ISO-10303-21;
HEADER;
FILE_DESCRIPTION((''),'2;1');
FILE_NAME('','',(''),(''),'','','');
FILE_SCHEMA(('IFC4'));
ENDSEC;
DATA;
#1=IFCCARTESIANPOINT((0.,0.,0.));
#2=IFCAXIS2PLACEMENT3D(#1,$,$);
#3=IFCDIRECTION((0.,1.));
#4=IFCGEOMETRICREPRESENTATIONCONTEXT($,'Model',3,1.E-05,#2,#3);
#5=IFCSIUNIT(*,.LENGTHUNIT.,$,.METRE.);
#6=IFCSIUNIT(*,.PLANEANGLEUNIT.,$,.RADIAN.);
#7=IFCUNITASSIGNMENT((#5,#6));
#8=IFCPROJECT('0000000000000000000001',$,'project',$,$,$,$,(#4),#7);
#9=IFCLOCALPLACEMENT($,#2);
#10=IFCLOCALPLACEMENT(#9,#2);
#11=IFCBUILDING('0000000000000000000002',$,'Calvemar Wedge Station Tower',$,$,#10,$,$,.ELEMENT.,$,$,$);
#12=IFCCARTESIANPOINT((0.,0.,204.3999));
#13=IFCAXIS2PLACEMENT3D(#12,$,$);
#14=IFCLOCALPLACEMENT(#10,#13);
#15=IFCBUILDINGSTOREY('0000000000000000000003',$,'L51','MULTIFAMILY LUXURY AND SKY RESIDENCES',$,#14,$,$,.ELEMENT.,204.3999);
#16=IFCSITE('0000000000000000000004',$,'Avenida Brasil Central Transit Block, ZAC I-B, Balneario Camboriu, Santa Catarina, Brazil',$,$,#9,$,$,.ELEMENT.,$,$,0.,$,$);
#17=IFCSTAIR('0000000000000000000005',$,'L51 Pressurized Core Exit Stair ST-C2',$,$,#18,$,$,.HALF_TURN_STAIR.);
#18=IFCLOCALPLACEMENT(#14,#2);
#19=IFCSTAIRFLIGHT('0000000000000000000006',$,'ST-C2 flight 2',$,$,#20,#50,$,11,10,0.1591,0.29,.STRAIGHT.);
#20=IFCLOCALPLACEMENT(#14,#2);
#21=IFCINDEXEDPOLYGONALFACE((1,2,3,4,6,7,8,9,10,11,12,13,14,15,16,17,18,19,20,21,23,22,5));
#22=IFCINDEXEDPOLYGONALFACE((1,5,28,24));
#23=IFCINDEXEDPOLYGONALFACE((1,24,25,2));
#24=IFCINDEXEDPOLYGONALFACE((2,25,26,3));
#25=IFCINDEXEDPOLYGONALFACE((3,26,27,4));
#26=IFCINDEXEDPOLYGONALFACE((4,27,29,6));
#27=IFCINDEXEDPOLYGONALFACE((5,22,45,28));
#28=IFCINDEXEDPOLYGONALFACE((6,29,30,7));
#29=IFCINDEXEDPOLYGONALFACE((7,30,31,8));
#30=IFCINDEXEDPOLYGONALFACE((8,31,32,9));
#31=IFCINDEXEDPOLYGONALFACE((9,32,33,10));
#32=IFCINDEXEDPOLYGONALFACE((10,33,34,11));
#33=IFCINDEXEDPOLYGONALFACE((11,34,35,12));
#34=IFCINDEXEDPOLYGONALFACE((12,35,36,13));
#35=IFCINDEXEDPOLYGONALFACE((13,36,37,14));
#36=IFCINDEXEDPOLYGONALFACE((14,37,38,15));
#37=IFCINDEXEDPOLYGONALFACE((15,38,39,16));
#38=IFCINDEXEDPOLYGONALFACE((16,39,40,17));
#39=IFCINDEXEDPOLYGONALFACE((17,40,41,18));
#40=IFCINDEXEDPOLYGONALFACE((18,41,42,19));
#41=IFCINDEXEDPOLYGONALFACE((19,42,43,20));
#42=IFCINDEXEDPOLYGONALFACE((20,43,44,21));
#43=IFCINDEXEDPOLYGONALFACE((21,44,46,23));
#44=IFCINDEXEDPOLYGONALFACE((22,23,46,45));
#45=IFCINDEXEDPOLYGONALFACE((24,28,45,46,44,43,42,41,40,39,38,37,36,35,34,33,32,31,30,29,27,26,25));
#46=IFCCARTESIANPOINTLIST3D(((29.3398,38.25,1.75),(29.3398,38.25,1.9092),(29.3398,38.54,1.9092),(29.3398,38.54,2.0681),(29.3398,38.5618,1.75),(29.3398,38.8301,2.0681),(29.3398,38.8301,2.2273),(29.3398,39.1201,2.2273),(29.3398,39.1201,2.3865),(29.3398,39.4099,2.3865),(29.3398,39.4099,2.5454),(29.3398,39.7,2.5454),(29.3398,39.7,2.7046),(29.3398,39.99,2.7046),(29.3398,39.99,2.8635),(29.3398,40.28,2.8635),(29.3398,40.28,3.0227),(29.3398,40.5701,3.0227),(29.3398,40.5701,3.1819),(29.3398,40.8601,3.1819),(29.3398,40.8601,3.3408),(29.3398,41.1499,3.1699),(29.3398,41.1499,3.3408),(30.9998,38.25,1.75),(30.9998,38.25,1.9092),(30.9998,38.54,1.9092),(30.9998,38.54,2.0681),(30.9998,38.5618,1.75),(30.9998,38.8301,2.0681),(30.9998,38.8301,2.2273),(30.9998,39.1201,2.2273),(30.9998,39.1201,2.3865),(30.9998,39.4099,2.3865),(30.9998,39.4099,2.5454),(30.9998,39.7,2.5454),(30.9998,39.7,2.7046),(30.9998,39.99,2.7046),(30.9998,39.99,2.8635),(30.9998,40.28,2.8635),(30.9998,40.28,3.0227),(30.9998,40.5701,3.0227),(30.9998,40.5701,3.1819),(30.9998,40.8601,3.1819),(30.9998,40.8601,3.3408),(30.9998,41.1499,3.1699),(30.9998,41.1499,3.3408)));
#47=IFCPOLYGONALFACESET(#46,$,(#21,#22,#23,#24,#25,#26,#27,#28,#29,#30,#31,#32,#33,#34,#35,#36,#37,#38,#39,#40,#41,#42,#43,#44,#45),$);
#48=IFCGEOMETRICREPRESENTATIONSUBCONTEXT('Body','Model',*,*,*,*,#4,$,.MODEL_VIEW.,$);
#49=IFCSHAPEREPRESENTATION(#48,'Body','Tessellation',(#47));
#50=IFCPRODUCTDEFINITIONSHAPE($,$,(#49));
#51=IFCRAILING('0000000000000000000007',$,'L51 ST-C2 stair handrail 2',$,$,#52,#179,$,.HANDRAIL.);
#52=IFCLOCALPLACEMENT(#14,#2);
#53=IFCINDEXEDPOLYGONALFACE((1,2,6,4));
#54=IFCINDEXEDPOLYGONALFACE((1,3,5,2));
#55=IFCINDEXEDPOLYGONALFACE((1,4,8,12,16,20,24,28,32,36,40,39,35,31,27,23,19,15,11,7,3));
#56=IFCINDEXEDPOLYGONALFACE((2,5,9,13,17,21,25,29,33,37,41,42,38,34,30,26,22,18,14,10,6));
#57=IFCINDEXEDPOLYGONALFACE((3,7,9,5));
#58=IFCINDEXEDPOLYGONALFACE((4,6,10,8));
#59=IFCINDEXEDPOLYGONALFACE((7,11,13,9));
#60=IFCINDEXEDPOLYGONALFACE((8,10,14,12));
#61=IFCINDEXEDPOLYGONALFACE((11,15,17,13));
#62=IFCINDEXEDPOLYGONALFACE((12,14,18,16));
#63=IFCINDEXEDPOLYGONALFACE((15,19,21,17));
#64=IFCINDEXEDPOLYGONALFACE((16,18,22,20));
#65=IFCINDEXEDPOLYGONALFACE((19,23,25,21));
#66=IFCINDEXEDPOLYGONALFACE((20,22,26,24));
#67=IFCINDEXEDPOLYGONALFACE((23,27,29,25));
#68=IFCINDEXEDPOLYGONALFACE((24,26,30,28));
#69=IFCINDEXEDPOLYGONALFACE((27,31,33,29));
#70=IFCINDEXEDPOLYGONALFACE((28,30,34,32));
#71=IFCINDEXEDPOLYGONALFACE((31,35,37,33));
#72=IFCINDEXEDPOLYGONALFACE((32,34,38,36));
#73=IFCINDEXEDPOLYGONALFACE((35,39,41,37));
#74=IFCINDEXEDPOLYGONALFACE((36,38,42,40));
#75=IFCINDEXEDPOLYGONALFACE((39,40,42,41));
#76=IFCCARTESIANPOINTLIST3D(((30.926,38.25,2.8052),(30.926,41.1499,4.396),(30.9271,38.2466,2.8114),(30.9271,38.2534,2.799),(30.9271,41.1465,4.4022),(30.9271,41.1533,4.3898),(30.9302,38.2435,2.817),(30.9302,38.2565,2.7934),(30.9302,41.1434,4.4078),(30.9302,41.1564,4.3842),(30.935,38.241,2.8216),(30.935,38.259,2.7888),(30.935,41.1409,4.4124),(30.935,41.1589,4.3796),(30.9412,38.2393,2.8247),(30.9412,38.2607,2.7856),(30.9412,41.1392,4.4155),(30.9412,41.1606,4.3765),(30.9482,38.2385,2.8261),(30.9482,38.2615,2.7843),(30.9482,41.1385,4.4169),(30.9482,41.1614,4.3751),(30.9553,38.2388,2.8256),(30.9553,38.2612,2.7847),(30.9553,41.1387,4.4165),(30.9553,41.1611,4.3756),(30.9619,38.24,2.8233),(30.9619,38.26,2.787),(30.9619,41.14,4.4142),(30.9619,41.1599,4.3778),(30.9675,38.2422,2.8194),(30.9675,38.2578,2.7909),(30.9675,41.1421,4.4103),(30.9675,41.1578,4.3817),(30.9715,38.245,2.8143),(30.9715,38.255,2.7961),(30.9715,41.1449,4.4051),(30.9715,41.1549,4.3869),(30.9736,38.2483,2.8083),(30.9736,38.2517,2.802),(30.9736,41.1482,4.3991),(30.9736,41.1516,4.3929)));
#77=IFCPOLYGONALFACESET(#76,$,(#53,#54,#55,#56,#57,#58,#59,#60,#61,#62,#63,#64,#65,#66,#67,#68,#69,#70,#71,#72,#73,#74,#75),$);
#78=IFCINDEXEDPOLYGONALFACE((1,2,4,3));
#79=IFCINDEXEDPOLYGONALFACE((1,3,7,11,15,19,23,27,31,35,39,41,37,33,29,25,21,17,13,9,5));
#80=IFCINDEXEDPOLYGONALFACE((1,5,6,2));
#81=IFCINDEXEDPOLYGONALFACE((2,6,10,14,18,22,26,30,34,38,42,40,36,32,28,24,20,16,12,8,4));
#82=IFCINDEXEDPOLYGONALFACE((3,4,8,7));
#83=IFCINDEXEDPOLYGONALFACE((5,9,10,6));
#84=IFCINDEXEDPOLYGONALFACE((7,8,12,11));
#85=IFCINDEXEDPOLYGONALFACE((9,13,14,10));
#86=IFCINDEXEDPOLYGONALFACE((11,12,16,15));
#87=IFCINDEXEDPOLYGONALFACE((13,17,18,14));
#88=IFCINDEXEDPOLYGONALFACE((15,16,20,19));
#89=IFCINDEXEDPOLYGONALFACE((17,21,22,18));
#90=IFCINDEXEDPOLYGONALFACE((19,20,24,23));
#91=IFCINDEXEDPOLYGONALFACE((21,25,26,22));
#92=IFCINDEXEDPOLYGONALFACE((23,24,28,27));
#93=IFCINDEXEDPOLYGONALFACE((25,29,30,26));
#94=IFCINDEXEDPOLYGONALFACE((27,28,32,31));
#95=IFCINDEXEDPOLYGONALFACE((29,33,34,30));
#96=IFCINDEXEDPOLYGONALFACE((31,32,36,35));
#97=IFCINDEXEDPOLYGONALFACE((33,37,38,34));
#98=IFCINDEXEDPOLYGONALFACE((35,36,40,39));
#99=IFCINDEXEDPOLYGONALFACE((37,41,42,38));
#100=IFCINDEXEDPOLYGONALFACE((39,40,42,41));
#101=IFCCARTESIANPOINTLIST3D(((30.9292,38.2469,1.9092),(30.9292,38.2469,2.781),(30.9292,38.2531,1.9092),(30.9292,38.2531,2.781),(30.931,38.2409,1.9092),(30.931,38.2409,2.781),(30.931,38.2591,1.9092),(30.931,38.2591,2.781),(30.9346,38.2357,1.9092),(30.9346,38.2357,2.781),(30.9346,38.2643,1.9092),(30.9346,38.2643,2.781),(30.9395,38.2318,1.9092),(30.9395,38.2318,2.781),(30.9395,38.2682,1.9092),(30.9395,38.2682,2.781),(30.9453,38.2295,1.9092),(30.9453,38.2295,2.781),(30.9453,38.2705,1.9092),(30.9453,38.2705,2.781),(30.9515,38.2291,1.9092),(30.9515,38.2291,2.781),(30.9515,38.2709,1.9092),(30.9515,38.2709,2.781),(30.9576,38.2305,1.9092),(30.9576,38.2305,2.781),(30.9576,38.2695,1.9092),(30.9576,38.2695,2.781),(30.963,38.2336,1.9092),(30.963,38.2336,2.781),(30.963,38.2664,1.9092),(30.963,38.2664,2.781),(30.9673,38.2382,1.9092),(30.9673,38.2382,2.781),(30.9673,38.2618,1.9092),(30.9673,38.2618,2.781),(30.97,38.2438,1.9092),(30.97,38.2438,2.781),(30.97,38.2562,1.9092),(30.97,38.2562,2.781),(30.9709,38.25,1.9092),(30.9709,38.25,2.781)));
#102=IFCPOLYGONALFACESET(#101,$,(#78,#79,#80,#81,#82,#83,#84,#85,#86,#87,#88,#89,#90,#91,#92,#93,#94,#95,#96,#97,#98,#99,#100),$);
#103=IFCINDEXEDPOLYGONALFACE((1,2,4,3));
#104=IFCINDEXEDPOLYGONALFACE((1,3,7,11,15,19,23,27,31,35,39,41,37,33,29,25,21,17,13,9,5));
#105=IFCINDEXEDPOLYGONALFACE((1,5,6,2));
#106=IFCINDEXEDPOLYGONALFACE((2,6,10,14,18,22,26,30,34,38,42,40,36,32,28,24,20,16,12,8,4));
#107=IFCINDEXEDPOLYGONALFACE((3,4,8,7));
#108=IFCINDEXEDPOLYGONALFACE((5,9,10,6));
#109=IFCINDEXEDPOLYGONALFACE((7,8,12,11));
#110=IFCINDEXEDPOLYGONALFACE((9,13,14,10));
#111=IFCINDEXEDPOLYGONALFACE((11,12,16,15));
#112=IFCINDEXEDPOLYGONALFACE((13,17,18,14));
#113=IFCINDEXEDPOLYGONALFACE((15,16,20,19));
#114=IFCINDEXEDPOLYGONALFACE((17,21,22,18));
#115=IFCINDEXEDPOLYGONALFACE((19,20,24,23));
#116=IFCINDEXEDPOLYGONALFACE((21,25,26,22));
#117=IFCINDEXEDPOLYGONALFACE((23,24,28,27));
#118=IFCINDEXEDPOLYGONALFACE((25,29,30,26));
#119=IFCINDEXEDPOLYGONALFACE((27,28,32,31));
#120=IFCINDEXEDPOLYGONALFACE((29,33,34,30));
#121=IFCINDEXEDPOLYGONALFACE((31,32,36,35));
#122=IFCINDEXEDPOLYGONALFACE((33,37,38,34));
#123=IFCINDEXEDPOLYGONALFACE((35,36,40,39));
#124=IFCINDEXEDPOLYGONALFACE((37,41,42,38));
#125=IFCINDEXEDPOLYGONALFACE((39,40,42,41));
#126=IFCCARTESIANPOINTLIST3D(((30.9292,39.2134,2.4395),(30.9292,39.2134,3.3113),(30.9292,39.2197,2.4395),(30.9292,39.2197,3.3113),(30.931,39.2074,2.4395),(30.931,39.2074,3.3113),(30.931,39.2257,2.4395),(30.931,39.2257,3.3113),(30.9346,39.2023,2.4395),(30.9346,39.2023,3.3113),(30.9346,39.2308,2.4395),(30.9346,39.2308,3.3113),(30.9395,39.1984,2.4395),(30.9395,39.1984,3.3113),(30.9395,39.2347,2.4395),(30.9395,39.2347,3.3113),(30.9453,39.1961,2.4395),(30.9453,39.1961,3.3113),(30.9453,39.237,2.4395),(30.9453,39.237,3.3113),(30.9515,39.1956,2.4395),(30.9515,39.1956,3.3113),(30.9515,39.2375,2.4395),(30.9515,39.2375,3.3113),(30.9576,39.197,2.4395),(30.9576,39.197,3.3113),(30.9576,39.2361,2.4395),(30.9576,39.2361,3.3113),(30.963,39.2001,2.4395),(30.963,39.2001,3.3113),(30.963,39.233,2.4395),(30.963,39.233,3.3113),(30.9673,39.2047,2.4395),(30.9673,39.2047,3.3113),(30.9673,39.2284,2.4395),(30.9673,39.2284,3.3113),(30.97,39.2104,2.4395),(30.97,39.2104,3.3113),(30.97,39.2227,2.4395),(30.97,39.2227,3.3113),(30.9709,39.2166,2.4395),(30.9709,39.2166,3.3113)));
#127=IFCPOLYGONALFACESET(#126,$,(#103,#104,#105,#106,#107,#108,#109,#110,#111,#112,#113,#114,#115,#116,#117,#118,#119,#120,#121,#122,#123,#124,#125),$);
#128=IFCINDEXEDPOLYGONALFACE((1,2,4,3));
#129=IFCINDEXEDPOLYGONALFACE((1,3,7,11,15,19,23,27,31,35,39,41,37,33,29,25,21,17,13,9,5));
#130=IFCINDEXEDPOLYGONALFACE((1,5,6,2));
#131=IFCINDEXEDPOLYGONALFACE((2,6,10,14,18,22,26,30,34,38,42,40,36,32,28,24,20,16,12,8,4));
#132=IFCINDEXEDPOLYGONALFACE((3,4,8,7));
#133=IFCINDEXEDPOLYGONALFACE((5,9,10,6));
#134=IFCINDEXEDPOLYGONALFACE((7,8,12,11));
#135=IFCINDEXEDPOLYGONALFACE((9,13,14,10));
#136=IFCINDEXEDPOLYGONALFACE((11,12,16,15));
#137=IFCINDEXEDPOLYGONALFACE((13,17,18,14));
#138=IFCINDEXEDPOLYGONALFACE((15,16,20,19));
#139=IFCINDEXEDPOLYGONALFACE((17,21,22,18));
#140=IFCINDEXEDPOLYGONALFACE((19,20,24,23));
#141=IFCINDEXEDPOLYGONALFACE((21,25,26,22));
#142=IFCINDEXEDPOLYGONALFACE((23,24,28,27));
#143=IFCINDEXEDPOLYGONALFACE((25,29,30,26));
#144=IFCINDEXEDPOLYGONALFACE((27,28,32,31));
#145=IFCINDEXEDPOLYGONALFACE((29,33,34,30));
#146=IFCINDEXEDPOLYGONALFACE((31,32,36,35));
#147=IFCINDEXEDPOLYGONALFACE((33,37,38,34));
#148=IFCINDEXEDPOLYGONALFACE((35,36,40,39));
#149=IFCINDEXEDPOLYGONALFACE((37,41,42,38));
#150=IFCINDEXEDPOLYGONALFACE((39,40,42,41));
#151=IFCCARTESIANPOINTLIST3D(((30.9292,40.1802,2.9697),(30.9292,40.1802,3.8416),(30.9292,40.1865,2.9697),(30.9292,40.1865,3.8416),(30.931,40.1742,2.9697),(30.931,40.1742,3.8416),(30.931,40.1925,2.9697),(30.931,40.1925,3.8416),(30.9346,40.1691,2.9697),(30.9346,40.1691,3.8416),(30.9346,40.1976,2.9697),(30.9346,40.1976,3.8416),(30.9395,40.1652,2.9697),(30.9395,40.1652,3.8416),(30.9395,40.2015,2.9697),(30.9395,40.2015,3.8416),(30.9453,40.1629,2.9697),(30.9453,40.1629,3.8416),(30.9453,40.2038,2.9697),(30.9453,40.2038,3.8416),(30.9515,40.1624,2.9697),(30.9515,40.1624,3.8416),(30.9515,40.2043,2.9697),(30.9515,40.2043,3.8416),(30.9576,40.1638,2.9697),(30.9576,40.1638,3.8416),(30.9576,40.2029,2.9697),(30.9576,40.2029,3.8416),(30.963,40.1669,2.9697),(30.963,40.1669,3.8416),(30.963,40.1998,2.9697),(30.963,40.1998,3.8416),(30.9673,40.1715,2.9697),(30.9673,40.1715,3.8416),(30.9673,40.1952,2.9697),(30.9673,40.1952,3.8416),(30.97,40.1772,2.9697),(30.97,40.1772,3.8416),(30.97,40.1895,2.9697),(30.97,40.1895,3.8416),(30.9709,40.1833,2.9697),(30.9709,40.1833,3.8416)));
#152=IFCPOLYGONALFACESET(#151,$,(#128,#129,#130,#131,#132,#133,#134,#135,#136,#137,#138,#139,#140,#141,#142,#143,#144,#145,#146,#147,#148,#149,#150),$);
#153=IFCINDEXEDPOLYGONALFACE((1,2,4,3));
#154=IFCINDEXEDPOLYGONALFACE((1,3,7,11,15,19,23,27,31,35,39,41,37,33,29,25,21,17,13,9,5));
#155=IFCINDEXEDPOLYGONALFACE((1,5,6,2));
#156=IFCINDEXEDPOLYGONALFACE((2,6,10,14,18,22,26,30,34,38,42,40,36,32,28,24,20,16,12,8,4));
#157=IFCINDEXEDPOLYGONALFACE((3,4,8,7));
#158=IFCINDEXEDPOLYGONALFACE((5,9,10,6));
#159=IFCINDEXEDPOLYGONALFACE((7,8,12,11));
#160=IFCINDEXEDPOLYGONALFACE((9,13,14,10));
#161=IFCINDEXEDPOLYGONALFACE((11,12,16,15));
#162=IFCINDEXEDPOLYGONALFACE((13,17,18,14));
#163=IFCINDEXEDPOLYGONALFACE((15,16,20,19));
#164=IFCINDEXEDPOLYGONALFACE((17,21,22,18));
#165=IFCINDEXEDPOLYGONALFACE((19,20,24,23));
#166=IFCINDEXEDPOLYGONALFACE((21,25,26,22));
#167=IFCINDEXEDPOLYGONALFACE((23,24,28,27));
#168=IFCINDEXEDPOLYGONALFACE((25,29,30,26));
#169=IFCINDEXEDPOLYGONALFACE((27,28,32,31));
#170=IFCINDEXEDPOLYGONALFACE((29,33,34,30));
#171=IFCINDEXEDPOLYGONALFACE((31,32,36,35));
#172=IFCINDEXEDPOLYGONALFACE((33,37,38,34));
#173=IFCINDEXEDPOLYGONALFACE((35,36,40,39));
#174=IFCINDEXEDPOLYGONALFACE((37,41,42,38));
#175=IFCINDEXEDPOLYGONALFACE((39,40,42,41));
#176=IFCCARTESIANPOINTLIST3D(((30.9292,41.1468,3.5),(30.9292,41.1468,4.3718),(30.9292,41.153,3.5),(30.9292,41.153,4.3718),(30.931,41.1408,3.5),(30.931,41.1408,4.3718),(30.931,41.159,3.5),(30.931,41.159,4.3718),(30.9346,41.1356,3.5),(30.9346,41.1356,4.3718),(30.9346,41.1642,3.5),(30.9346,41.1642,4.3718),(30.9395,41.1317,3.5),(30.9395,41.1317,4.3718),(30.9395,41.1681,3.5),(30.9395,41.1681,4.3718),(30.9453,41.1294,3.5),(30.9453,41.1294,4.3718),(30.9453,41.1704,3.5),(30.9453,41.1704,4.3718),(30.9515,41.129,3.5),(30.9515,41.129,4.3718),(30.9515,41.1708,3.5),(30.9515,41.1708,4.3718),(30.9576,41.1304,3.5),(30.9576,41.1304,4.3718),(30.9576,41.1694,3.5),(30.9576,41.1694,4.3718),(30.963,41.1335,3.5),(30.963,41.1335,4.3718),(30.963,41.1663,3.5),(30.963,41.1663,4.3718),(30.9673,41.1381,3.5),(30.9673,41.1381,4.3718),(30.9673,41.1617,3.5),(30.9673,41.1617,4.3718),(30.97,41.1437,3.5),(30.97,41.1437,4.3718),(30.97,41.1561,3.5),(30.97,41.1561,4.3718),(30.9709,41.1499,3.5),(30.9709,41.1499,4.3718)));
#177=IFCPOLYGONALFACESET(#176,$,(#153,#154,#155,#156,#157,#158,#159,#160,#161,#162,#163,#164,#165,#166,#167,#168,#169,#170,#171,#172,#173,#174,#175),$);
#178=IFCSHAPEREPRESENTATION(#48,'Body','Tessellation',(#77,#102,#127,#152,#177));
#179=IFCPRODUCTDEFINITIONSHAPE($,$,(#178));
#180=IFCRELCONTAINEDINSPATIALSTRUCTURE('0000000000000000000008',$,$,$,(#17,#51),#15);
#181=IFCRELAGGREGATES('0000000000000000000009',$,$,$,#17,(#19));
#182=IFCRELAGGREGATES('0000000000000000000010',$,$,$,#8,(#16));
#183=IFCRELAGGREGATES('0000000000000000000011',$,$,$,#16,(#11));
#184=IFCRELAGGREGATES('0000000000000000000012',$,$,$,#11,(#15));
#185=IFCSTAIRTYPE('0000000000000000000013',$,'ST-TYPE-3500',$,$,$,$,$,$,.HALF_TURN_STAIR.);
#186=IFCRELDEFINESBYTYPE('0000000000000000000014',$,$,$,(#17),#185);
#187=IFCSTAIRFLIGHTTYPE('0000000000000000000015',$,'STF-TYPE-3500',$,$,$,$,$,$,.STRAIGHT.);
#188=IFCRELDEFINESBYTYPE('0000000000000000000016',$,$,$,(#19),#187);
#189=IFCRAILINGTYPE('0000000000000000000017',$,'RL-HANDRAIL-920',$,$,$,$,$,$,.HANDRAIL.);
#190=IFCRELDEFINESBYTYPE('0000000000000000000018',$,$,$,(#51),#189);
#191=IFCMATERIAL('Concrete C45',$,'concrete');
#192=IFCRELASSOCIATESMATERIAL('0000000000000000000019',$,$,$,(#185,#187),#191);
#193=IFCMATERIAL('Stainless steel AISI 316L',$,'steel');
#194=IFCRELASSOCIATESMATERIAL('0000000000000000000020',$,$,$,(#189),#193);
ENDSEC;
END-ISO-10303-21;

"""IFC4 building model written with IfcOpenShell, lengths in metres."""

from ifc_helpers import new_model, si_unit, direction, frame, origin, origin_2d, place, context, subcontext, project, spatial, polyline, circle, outline, extrude, material, type_object, element, aggregate, save


model = new_model("IFC4")

# Units and contexts
model_context = context("Model", 3, precision=1e-05, world=origin(), true_north=direction((0.0, 1.0)))
body_context = subcontext(model_context, "Body", "Model", "MODEL_VIEW")
ifc_project = project(units=[si_unit("LENGTHUNIT", "METRE"), si_unit("PLANEANGLEUNIT", "RADIAN")], contexts=[model_context])

# Site, building, storey
site_placement = place(None, origin())
site = spatial("IfcSite", under=ifc_project, at=site_placement, Name="Avenida Brasil Central Transit Block, ZAC I-B, Balneario Camboriu, Santa Catarina, Brazil", CompositionType="ELEMENT", RefElevation=0.0)
building_placement = place(site_placement, origin())
building = spatial("IfcBuilding", under=site, at=building_placement, Name="Calvemar Wedge Station Tower", CompositionType="ELEMENT")
storey_placement = place(building_placement, frame((0.0, 0.0, 204.3999)))
storey = spatial("IfcBuildingStorey", under=building, at=storey_placement, Name="L51", Description="MULTIFAMILY LUXURY AND SKY RESIDENCES", CompositionType="ELEMENT", Elevation=204.3999)

# Stair, stair flight
ifc_material_1 = material(Name="Concrete C45", Category="concrete")
stair_type = type_object("IfcStairType", Name="ST-TYPE-3500", PredefinedType="HALF_TURN_STAIR", material=ifc_material_1)
stair_placement = place(storey_placement, origin())
stair = element("IfcStair", 1, at=stair_placement, inside=storey, type_object=stair_type, Name="L51 Pressurized Core Exit Stair ST-C2", PredefinedType="HALF_TURN_STAIR")
stair_flight_type = type_object("IfcStairFlightType", Name="STF-TYPE-3500", PredefinedType="STRAIGHT", material=ifc_material_1)
stair_flight_1_placement = place(storey_placement, frame((30.1699, 38.25, 1.75), z_axis=(0.0, 0.0, 1.0), x_axis=(0.0, 1.0, 0.0)))
stair_flight_1 = element("IfcStairFlight", 2, at=stair_flight_1_placement, type_object=stair_flight_type, Name="ST-C2 flight 2", NumberOfRisers=11, NumberOfTreads=10, PredefinedType="STRAIGHT", RiserHeight=0.1591, TreadLength=0.29, context=body_context, shape_type="SweptSolid", body=[
    extrude(outline(polyline([(0.0, 0.0), (0.0, 0.1592), (0.29, 0.1592), (0.29, 0.3181), (0.5801, 0.3181), (0.5801, 0.4773), (0.8701, 0.4773), (0.8701, 0.6365), (1.1599, 0.6365), (1.1599, 0.7954), (1.45, 0.7954), (1.45, 0.9546), (1.74, 0.9546), (1.74, 1.1135), (2.03, 1.1135), (2.03, 1.2727), (2.3201, 1.2727), (2.3201, 1.4319), (2.6101, 1.4319), (2.6101, 1.5908), (2.8999, 1.5908), (2.8999, 1.75), (2.8999, 1.4199), (0.3118, 0.0), (0.0, 0.0)])), frame((0.0, 0.8301, 0.0), z_axis=(0.0, -1.0, 0.0), x_axis=(1.0, 0.0, 0.0)), (0.0, 0.0, 1.0), 1.6599),
])
aggregate(stair, [stair_flight_1])

# Railing
ifc_material_2 = material(Name="Stainless steel AISI 316L", Category="steel")
railing_type_1 = type_object("IfcRailingType", Name="RL-HANDRAIL-920", PredefinedType="HANDRAIL", material=ifc_material_2)
railing_1_placement = place(storey_placement, frame((30.95, 38.25, 1.9092)))
element("IfcRailing", 3, at=railing_1_placement, inside=storey, type_object=railing_type_1, Name="L51 ST-C2 stair handrail 2", PredefinedType="HANDRAIL", context=body_context, shape_type="SweptSolid", body=[
    extrude(circle(Radius=0.0239, at=origin_2d()), frame((0.0, 0.0, 0.896), z_axis=(0.0, 0.876742, 0.480961), x_axis=(-1.0, 0.0, 0.0)), (0.0, 0.0, 1.0), 3.3076),
    extrude(circle(Radius=0.021, at=origin_2d()), origin(), (0.0, 0.0, 1.0), 0.8718),
    extrude(circle(Radius=0.021, at=origin_2d()), frame((0.0, 0.9666, 0.5303)), (0.0, 0.0, 1.0), 0.8718),
    extrude(circle(Radius=0.021, at=origin_2d()), frame((0.0, 1.9333, 1.0605)), (0.0, 0.0, 1.0), 0.8718),
    extrude(circle(Radius=0.021, at=origin_2d()), frame((0.0, 2.8999, 1.5908)), (0.0, 0.0, 1.0), 0.8718),
])

save(model, "model.ifc")
